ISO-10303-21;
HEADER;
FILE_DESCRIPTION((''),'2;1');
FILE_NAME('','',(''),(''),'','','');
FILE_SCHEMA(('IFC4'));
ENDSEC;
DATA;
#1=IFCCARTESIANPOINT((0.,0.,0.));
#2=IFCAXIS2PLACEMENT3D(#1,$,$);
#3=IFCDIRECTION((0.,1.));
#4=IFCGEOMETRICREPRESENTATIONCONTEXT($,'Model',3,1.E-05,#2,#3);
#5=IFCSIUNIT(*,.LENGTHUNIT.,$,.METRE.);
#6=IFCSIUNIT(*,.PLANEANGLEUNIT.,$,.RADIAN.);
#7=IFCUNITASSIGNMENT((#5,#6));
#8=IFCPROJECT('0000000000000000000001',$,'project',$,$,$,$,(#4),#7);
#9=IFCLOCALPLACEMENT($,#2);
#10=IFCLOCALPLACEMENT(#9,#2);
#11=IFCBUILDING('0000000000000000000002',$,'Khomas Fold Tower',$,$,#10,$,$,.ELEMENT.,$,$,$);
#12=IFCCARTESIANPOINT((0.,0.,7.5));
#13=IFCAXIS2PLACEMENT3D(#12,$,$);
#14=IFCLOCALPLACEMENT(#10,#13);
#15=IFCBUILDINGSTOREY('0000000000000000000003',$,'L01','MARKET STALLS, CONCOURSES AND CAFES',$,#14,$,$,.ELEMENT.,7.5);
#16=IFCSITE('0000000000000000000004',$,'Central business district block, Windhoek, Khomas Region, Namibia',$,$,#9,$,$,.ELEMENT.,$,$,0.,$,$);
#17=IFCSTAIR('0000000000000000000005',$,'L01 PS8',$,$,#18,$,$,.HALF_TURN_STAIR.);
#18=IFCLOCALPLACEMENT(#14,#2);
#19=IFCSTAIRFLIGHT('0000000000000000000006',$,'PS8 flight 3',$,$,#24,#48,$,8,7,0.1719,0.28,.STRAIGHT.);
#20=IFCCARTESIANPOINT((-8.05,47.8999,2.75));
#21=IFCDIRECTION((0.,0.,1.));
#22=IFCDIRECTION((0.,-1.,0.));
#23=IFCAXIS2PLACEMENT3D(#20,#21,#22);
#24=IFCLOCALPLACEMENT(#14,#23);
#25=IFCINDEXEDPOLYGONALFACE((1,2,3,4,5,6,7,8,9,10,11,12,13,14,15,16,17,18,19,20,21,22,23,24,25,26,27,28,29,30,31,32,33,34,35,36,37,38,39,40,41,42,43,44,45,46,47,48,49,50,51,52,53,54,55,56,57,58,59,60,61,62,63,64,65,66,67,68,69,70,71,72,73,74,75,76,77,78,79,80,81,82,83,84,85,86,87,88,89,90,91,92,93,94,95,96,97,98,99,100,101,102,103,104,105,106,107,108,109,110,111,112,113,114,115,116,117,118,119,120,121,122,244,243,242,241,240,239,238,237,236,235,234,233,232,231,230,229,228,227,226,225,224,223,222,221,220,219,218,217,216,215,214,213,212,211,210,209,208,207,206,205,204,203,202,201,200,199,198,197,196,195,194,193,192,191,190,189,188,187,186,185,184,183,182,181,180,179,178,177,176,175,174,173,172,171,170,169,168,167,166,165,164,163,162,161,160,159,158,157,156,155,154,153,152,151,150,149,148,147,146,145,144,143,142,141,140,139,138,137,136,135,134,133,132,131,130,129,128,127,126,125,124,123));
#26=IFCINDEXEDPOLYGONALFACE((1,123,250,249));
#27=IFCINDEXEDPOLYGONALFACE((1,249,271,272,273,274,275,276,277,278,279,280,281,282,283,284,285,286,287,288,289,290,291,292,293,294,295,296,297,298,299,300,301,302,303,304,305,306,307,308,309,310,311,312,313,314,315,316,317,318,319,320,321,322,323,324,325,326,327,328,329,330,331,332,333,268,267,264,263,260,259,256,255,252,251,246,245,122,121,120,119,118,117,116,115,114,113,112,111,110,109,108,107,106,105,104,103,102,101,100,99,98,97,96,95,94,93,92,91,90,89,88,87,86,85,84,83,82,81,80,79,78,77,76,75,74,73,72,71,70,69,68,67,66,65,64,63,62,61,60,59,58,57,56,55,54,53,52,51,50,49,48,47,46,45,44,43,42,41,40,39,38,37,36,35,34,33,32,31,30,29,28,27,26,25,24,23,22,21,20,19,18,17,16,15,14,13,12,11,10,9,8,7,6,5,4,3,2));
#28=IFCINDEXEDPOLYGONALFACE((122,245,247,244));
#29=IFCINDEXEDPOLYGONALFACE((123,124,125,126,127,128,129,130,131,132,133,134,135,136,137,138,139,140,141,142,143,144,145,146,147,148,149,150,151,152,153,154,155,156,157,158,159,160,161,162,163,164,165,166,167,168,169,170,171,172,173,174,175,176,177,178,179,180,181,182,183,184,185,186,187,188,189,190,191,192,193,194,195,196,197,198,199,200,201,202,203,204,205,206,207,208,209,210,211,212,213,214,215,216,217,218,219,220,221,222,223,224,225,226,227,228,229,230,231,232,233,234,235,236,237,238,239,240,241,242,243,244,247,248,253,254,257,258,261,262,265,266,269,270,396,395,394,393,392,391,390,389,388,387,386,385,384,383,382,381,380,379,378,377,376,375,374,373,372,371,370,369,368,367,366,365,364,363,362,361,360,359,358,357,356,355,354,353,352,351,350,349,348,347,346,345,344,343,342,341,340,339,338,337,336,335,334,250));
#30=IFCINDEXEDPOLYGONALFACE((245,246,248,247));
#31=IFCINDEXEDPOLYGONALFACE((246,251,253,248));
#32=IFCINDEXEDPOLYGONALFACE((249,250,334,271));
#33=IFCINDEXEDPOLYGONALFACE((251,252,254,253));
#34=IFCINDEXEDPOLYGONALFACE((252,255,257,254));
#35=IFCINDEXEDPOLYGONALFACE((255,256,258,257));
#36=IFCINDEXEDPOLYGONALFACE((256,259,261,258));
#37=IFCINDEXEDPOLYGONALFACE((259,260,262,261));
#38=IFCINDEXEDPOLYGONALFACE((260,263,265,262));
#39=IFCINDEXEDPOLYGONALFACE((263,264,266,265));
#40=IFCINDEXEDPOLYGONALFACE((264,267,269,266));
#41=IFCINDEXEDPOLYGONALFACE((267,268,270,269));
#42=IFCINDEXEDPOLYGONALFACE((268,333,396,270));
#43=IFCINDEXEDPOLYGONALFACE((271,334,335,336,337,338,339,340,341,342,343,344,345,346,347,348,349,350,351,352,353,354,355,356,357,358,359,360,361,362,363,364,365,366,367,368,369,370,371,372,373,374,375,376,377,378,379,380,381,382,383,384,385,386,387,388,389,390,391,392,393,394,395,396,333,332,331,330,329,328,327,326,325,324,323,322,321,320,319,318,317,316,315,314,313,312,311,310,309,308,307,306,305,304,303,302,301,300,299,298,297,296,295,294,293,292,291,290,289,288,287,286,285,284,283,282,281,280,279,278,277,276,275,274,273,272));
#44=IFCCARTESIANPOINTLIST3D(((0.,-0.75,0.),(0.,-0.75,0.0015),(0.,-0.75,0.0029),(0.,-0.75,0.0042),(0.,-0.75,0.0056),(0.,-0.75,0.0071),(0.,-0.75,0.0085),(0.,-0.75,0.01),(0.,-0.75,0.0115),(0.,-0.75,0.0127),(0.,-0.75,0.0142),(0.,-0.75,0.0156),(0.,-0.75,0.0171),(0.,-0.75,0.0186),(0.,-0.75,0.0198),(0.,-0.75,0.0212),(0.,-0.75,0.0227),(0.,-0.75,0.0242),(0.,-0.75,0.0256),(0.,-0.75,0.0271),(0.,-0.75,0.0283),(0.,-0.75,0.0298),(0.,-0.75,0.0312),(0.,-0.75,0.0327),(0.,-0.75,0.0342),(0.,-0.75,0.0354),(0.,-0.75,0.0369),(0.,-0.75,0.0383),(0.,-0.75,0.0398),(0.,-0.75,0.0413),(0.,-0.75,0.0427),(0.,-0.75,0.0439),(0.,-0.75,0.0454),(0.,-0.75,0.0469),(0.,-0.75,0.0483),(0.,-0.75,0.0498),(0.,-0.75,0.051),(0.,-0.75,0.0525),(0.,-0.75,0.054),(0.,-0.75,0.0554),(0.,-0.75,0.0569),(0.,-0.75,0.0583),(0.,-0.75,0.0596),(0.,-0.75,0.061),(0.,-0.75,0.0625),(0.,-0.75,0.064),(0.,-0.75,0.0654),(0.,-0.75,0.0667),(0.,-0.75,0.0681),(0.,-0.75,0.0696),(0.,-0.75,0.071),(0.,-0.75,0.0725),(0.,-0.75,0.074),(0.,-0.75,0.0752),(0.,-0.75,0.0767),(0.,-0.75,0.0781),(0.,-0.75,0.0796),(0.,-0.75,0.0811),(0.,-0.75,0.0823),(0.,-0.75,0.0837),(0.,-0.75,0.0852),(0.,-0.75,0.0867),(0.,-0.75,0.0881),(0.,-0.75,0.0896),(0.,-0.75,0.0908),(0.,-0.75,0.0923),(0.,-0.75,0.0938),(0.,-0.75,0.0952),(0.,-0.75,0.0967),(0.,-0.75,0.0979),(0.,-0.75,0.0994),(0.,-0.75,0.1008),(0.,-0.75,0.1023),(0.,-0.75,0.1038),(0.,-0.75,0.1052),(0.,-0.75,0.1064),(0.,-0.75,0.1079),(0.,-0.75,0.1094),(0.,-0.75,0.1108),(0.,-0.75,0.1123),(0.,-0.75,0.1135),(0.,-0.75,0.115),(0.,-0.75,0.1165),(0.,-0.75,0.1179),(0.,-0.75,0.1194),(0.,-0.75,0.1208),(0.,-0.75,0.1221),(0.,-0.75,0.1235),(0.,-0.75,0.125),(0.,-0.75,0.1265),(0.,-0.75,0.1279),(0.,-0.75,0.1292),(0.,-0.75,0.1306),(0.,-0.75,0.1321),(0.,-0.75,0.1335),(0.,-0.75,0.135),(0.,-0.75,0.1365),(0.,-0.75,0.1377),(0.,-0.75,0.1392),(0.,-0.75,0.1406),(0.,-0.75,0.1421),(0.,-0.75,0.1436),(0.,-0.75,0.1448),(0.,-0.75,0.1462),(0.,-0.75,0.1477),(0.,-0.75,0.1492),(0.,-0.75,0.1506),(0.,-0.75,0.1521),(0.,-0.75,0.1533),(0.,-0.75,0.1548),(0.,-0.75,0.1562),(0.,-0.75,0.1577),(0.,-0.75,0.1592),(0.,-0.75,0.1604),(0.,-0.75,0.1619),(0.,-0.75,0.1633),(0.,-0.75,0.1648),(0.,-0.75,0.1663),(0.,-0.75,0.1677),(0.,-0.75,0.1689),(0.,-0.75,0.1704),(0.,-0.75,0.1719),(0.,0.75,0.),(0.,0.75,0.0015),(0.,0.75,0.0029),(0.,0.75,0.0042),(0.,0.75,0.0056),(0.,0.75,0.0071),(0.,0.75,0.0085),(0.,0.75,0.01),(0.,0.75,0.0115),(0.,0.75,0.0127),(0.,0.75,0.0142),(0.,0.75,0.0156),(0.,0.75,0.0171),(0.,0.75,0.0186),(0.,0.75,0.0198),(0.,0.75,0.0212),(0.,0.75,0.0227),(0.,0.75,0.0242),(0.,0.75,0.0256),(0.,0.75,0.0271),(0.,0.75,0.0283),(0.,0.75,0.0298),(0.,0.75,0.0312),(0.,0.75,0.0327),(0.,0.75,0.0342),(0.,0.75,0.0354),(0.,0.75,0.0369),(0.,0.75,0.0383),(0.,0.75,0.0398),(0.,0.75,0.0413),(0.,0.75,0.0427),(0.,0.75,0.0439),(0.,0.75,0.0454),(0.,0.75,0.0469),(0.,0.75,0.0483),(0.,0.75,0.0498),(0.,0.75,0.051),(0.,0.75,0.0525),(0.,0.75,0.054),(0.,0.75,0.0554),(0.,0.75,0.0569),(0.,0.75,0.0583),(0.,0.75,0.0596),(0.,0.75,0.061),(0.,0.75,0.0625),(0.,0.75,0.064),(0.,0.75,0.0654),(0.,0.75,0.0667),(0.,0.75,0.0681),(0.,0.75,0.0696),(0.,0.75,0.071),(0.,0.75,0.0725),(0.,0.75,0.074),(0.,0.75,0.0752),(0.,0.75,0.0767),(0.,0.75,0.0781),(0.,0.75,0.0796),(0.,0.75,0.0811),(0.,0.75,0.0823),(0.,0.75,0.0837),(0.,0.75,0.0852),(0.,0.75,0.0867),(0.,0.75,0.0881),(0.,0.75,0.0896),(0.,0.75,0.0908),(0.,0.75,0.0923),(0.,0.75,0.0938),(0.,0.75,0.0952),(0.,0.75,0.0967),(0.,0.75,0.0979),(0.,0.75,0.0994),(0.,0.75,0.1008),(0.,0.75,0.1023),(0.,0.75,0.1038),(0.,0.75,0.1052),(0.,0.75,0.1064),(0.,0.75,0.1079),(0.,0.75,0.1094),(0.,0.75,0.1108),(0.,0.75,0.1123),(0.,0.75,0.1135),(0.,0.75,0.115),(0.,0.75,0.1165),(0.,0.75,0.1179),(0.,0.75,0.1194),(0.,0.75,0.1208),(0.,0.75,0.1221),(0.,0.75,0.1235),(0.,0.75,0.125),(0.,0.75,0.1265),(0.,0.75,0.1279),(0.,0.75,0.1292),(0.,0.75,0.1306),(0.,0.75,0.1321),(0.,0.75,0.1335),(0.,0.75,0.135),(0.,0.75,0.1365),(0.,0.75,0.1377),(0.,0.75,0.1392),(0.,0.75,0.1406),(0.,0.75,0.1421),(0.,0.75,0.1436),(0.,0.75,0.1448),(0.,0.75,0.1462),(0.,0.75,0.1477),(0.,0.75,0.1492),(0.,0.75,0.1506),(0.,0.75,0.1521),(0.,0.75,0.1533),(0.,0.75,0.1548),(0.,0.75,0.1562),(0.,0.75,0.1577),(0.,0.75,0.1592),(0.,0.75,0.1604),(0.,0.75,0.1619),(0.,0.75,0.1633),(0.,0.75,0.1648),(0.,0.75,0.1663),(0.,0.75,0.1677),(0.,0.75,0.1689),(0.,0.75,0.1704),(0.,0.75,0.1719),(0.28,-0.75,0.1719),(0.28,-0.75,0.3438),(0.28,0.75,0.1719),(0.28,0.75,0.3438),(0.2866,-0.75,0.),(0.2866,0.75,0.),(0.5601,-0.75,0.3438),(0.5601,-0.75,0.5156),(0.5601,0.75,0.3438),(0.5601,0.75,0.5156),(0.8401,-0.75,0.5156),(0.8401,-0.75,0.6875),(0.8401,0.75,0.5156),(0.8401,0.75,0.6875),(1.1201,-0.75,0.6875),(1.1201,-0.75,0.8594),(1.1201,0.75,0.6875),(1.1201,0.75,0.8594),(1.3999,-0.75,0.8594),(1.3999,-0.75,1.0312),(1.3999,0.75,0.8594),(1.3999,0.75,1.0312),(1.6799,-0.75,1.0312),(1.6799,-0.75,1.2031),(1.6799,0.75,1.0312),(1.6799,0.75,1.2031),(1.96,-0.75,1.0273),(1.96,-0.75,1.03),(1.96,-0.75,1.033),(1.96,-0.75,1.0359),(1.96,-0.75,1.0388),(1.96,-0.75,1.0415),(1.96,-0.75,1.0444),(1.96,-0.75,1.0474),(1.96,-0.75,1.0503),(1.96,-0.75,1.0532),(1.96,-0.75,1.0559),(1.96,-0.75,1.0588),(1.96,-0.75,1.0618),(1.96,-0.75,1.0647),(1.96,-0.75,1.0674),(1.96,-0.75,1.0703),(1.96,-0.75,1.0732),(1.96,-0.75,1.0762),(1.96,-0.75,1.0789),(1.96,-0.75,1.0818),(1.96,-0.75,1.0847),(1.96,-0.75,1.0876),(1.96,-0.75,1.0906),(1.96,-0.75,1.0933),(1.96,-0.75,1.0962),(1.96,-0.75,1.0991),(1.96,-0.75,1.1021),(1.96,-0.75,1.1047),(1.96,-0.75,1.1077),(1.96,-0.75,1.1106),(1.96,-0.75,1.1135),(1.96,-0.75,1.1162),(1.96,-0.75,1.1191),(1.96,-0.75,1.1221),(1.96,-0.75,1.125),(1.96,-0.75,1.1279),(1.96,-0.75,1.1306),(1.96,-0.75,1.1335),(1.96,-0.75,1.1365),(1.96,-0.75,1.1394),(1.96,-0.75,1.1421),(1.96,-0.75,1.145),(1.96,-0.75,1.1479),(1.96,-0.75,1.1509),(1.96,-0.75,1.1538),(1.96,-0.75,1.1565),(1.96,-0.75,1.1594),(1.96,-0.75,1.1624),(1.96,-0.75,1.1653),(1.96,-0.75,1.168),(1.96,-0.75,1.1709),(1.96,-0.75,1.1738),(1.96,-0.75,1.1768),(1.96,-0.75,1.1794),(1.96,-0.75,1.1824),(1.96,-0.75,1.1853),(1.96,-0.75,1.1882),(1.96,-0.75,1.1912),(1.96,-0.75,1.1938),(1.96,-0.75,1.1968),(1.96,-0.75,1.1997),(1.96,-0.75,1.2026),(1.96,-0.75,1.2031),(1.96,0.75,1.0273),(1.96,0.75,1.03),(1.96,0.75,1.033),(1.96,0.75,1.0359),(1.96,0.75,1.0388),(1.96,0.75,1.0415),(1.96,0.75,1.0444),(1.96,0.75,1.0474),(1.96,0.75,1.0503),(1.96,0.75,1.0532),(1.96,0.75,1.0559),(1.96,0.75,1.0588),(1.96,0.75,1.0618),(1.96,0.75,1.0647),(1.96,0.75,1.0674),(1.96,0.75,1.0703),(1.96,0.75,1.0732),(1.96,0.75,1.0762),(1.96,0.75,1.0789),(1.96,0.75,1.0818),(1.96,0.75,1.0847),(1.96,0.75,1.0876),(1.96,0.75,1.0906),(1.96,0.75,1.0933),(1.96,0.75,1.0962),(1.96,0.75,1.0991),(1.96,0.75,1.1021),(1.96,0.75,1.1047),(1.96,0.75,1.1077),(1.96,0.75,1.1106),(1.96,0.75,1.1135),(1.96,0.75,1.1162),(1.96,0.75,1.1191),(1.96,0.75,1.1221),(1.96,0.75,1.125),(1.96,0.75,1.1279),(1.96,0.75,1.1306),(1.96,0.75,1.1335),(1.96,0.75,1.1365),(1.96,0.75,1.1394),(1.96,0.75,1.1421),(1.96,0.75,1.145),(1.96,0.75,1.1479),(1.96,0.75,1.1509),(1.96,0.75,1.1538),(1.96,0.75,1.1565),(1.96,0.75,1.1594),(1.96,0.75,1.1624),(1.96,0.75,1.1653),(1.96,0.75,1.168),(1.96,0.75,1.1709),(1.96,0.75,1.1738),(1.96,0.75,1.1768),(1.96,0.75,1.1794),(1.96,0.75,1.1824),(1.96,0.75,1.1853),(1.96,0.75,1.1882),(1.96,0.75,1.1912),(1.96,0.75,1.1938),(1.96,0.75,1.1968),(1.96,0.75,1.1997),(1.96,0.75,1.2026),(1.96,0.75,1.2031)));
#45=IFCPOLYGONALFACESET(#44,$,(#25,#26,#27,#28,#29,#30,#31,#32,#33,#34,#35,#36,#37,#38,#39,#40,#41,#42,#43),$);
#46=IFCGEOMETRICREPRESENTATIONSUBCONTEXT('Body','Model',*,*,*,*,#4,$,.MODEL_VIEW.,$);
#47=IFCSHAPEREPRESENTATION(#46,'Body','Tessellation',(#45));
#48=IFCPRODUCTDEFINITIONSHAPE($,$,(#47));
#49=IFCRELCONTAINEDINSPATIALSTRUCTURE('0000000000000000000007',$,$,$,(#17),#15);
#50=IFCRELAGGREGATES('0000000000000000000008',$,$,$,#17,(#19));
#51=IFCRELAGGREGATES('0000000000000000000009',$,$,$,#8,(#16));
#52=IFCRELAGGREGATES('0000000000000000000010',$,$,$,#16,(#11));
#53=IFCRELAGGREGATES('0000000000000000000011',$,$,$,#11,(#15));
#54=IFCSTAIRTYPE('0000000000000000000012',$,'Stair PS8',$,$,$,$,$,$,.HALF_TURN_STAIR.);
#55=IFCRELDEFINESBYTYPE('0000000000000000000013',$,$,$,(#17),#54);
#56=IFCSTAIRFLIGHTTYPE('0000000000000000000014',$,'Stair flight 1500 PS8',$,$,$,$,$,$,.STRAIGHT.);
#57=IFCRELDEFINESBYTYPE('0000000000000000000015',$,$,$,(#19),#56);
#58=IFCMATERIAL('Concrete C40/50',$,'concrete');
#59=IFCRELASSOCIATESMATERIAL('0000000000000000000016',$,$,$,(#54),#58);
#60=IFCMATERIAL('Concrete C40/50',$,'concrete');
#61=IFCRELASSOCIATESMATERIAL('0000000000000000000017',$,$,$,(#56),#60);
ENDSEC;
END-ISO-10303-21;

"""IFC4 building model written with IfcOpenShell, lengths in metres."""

from ifc_helpers import new_model, si_unit, direction, frame, origin, place, context, subcontext, project, spatial, polyline, outline, extrude, source, transform, mapped, material, type_object, element, aggregate, save


model = new_model("IFC4")

# Units and contexts
model_context = context("Model", 3, precision=1e-05, world=origin(), true_north=direction((0.0, 1.0)))
body_context = subcontext(model_context, "Body", "Model", "MODEL_VIEW")
ifc_project = project(units=[si_unit("LENGTHUNIT", "METRE"), si_unit("PLANEANGLEUNIT", "RADIAN")], contexts=[model_context])

# Site, building, storey
site_placement = place(None, origin())
site = spatial("IfcSite", under=ifc_project, at=site_placement, Name="Central business district block, Windhoek, Khomas Region, Namibia", CompositionType="ELEMENT", RefElevation=0.0)
building_placement = place(site_placement, origin())
building = spatial("IfcBuilding", under=site, at=building_placement, Name="Khomas Fold Tower", CompositionType="ELEMENT")
storey_placement = place(building_placement, frame((0.0, 0.0, 7.5)))
storey = spatial("IfcBuildingStorey", under=building, at=storey_placement, Name="L01", Description="MARKET STALLS, CONCOURSES AND CAFES", CompositionType="ELEMENT", Elevation=7.5)

# Stair, stair flight
ifc_material_1 = material(Name="Concrete C40/50", Category="concrete")
stair_type = type_object("IfcStairType", Name="Stair PS8", PredefinedType="HALF_TURN_STAIR", material=ifc_material_1)
stair_placement = place(storey_placement, origin())
stair = element("IfcStair", 1, at=stair_placement, inside=storey, type_object=stair_type, Name="L01 PS8", PredefinedType="HALF_TURN_STAIR")
ifc_material_2 = material(Name="Concrete C40/50", Category="concrete")
stair_flight_type = type_object("IfcStairFlightType", Name="Stair flight 1500 PS8", PredefinedType="STRAIGHT", material=ifc_material_2)
shared_shape_1 = source(origin(), body_context, "Body", "SweptSolid", [
    extrude(outline(polyline([(0.0, 0.0), (0.0, 0.0015), (0.0, 0.0029), (0.0, 0.0042), (0.0, 0.0056), (0.0, 0.0071), (0.0, 0.0085), (0.0, 0.01), (0.0, 0.0115), (0.0, 0.0127), (0.0, 0.0142), (0.0, 0.0156), (0.0, 0.0171), (0.0, 0.0186), (0.0, 0.0198), (0.0, 0.0212), (0.0, 0.0227), (0.0, 0.0242), (0.0, 0.0256), (0.0, 0.0271), (0.0, 0.0283), (0.0, 0.0298), (0.0, 0.0312), (0.0, 0.0327), (0.0, 0.0342), (0.0, 0.0354), (0.0, 0.0369), (0.0, 0.0383), (0.0, 0.0398), (0.0, 0.0413), (0.0, 0.0427), (0.0, 0.0439), (0.0, 0.0454), (0.0, 0.0469), (0.0, 0.0483), (0.0, 0.0498), (0.0, 0.051), (0.0, 0.0525), (0.0, 0.054), (0.0, 0.0554), (0.0, 0.0569), (0.0, 0.0583), (0.0, 0.0596), (0.0, 0.061), (0.0, 0.0625), (0.0, 0.064), (0.0, 0.0654), (0.0, 0.0667), (0.0, 0.0681), (0.0, 0.0696), (0.0, 0.071), (0.0, 0.0725), (0.0, 0.074), (0.0, 0.0752), (0.0, 0.0767), (0.0, 0.0781), (0.0, 0.0796), (0.0, 0.0811), (0.0, 0.0823), (0.0, 0.0837), (0.0, 0.0852), (0.0, 0.0867), (0.0, 0.0881), (0.0, 0.0896), (0.0, 0.0908), (0.0, 0.0923), (0.0, 0.0938), (0.0, 0.0952), (0.0, 0.0967), (0.0, 0.0979), (0.0, 0.0994), (0.0, 0.1008), (0.0, 0.1023), (0.0, 0.1038), (0.0, 0.1052), (0.0, 0.1064), (0.0, 0.1079), (0.0, 0.1094), (0.0, 0.1108), (0.0, 0.1123), (0.0, 0.1135), (0.0, 0.115), (0.0, 0.1165), (0.0, 0.1179), (0.0, 0.1194), (0.0, 0.1208), (0.0, 0.1221), (0.0, 0.1235), (0.0, 0.125), (0.0, 0.1265), (0.0, 0.1279), (0.0, 0.1292), (0.0, 0.1306), (0.0, 0.1321), (0.0, 0.1335), (0.0, 0.135), (0.0, 0.1365), (0.0, 0.1377), (0.0, 0.1392), (0.0, 0.1406), (0.0, 0.1421), (0.0, 0.1436), (0.0, 0.1448), (0.0, 0.1462), (0.0, 0.1477), (0.0, 0.1492), (0.0, 0.1506), (0.0, 0.1521), (0.0, 0.1533), (0.0, 0.1548), (0.0, 0.1562), (0.0, 0.1577), (0.0, 0.1592), (0.0, 0.1604), (0.0, 0.1619), (0.0, 0.1633), (0.0, 0.1648), (0.0, 0.1663), (0.0, 0.1677), (0.0, 0.1689), (0.0, 0.1704), (0.0, 0.1719), (0.28, 0.1719), (0.28, 0.3438), (0.5601, 0.3438), (0.5601, 0.5156), (0.8401, 0.5156), (0.8401, 0.6875), (1.1201, 0.6875), (1.1201, 0.8594), (1.3999, 0.8594), (1.3999, 1.0312), (1.6799, 1.0312), (1.6799, 1.2031), (1.96, 1.2031), (1.96, 1.375), (1.96, 1.3721), (1.96, 1.3691), (1.96, 1.3665), (1.96, 1.3635), (1.96, 1.3606), (1.96, 1.3577), (1.96, 1.355), (1.96, 1.3521), (1.96, 1.3491), (1.96, 1.3462), (1.96, 1.3435), (1.96, 1.3406), (1.96, 1.3376), (1.96, 1.3347), (1.96, 1.3318), (1.96, 1.3291), (1.96, 1.3262), (1.96, 1.3232), (1.96, 1.3203), (1.96, 1.3176), (1.96, 1.3147), (1.96, 1.3118), (1.96, 1.3088), (1.96, 1.3059), (1.96, 1.3032), (1.96, 1.3003), (1.96, 1.2974), (1.96, 1.2944), (1.96, 1.2917), (1.96, 1.2888), (1.96, 1.2859), (1.96, 1.283), (1.96, 1.2803), (1.96, 1.2773), (1.96, 1.2744), (1.96, 1.2715), (1.96, 1.2686), (1.96, 1.2659), (1.96, 1.2629), (1.96, 1.26), (1.96, 1.2571), (1.96, 1.2544), (1.96, 1.2515), (1.96, 1.2485), (1.96, 1.2456), (1.96, 1.2427), (1.96, 1.24), (1.96, 1.2371), (1.96, 1.2341), (1.96, 1.2312), (1.96, 1.2285), (1.96, 1.2256), (1.96, 1.2227), (1.96, 1.2197), (1.96, 1.217), (1.96, 1.2141), (1.96, 1.2112), (1.96, 1.2083), (1.96, 1.2053), (1.96, 1.2026), (1.96, 1.1997), (1.96, 1.1968), (1.96, 1.1938), (1.96, 1.1912), (1.96, 1.1882), (1.96, 1.1853), (1.96, 1.1824), (1.96, 1.1794), (1.96, 1.1768), (1.96, 1.1738), (1.96, 1.1709), (1.96, 1.168), (1.96, 1.1653), (1.96, 1.1624), (1.96, 1.1594), (1.96, 1.1565), (1.96, 1.1538), (1.96, 1.1509), (1.96, 1.1479), (1.96, 1.145), (1.96, 1.1421), (1.96, 1.1394), (1.96, 1.1365), (1.96, 1.1335), (1.96, 1.1306), (1.96, 1.1279), (1.96, 1.125), (1.96, 1.1221), (1.96, 1.1191), (1.96, 1.1162), (1.96, 1.1135), (1.96, 1.1106), (1.96, 1.1077), (1.96, 1.1047), (1.96, 1.1021), (1.96, 1.0991), (1.96, 1.0962), (1.96, 1.0933), (1.96, 1.0906), (1.96, 1.0876), (1.96, 1.0847), (1.96, 1.0818), (1.96, 1.0789), (1.96, 1.0762), (1.96, 1.0732), (1.96, 1.0703), (1.96, 1.0674), (1.96, 1.0647), (1.96, 1.0618), (1.96, 1.0588), (1.96, 1.0559), (1.96, 1.0532), (1.96, 1.0503), (1.96, 1.0474), (1.96, 1.0444), (1.96, 1.0415), (1.96, 1.0388), (1.96, 1.0359), (1.96, 1.033), (1.96, 1.03), (1.96, 1.0273), (0.2866, 0.0), (0.0, 0.0)])), frame((0.0, 0.75, 0.0), z_axis=(0.0, -1.0, 0.0), x_axis=(1.0, 0.0, 0.0)), (0.0, 0.0, 1.0), 1.5),
])
stair_flight_1_placement = place(storey_placement, frame((-8.05, 47.8999, 2.75), z_axis=(0.0, 0.0, 1.0), x_axis=(0.0, -1.0, 0.0)))
stair_flight_1 = element("IfcStairFlight", 2, at=stair_flight_1_placement, type_object=stair_flight_type, Name="PS8 flight 3", NumberOfRisers=8, NumberOfTreads=7, PredefinedType="STRAIGHT", RiserHeight=0.1719, TreadLength=0.28, context=body_context, shape_type="MappedRepresentation", body=[
    mapped(shared_shape_1, transform((0.0, 0.0, 0.0))),
])
aggregate(stair, [stair_flight_1])

save(model, "model.ifc")
